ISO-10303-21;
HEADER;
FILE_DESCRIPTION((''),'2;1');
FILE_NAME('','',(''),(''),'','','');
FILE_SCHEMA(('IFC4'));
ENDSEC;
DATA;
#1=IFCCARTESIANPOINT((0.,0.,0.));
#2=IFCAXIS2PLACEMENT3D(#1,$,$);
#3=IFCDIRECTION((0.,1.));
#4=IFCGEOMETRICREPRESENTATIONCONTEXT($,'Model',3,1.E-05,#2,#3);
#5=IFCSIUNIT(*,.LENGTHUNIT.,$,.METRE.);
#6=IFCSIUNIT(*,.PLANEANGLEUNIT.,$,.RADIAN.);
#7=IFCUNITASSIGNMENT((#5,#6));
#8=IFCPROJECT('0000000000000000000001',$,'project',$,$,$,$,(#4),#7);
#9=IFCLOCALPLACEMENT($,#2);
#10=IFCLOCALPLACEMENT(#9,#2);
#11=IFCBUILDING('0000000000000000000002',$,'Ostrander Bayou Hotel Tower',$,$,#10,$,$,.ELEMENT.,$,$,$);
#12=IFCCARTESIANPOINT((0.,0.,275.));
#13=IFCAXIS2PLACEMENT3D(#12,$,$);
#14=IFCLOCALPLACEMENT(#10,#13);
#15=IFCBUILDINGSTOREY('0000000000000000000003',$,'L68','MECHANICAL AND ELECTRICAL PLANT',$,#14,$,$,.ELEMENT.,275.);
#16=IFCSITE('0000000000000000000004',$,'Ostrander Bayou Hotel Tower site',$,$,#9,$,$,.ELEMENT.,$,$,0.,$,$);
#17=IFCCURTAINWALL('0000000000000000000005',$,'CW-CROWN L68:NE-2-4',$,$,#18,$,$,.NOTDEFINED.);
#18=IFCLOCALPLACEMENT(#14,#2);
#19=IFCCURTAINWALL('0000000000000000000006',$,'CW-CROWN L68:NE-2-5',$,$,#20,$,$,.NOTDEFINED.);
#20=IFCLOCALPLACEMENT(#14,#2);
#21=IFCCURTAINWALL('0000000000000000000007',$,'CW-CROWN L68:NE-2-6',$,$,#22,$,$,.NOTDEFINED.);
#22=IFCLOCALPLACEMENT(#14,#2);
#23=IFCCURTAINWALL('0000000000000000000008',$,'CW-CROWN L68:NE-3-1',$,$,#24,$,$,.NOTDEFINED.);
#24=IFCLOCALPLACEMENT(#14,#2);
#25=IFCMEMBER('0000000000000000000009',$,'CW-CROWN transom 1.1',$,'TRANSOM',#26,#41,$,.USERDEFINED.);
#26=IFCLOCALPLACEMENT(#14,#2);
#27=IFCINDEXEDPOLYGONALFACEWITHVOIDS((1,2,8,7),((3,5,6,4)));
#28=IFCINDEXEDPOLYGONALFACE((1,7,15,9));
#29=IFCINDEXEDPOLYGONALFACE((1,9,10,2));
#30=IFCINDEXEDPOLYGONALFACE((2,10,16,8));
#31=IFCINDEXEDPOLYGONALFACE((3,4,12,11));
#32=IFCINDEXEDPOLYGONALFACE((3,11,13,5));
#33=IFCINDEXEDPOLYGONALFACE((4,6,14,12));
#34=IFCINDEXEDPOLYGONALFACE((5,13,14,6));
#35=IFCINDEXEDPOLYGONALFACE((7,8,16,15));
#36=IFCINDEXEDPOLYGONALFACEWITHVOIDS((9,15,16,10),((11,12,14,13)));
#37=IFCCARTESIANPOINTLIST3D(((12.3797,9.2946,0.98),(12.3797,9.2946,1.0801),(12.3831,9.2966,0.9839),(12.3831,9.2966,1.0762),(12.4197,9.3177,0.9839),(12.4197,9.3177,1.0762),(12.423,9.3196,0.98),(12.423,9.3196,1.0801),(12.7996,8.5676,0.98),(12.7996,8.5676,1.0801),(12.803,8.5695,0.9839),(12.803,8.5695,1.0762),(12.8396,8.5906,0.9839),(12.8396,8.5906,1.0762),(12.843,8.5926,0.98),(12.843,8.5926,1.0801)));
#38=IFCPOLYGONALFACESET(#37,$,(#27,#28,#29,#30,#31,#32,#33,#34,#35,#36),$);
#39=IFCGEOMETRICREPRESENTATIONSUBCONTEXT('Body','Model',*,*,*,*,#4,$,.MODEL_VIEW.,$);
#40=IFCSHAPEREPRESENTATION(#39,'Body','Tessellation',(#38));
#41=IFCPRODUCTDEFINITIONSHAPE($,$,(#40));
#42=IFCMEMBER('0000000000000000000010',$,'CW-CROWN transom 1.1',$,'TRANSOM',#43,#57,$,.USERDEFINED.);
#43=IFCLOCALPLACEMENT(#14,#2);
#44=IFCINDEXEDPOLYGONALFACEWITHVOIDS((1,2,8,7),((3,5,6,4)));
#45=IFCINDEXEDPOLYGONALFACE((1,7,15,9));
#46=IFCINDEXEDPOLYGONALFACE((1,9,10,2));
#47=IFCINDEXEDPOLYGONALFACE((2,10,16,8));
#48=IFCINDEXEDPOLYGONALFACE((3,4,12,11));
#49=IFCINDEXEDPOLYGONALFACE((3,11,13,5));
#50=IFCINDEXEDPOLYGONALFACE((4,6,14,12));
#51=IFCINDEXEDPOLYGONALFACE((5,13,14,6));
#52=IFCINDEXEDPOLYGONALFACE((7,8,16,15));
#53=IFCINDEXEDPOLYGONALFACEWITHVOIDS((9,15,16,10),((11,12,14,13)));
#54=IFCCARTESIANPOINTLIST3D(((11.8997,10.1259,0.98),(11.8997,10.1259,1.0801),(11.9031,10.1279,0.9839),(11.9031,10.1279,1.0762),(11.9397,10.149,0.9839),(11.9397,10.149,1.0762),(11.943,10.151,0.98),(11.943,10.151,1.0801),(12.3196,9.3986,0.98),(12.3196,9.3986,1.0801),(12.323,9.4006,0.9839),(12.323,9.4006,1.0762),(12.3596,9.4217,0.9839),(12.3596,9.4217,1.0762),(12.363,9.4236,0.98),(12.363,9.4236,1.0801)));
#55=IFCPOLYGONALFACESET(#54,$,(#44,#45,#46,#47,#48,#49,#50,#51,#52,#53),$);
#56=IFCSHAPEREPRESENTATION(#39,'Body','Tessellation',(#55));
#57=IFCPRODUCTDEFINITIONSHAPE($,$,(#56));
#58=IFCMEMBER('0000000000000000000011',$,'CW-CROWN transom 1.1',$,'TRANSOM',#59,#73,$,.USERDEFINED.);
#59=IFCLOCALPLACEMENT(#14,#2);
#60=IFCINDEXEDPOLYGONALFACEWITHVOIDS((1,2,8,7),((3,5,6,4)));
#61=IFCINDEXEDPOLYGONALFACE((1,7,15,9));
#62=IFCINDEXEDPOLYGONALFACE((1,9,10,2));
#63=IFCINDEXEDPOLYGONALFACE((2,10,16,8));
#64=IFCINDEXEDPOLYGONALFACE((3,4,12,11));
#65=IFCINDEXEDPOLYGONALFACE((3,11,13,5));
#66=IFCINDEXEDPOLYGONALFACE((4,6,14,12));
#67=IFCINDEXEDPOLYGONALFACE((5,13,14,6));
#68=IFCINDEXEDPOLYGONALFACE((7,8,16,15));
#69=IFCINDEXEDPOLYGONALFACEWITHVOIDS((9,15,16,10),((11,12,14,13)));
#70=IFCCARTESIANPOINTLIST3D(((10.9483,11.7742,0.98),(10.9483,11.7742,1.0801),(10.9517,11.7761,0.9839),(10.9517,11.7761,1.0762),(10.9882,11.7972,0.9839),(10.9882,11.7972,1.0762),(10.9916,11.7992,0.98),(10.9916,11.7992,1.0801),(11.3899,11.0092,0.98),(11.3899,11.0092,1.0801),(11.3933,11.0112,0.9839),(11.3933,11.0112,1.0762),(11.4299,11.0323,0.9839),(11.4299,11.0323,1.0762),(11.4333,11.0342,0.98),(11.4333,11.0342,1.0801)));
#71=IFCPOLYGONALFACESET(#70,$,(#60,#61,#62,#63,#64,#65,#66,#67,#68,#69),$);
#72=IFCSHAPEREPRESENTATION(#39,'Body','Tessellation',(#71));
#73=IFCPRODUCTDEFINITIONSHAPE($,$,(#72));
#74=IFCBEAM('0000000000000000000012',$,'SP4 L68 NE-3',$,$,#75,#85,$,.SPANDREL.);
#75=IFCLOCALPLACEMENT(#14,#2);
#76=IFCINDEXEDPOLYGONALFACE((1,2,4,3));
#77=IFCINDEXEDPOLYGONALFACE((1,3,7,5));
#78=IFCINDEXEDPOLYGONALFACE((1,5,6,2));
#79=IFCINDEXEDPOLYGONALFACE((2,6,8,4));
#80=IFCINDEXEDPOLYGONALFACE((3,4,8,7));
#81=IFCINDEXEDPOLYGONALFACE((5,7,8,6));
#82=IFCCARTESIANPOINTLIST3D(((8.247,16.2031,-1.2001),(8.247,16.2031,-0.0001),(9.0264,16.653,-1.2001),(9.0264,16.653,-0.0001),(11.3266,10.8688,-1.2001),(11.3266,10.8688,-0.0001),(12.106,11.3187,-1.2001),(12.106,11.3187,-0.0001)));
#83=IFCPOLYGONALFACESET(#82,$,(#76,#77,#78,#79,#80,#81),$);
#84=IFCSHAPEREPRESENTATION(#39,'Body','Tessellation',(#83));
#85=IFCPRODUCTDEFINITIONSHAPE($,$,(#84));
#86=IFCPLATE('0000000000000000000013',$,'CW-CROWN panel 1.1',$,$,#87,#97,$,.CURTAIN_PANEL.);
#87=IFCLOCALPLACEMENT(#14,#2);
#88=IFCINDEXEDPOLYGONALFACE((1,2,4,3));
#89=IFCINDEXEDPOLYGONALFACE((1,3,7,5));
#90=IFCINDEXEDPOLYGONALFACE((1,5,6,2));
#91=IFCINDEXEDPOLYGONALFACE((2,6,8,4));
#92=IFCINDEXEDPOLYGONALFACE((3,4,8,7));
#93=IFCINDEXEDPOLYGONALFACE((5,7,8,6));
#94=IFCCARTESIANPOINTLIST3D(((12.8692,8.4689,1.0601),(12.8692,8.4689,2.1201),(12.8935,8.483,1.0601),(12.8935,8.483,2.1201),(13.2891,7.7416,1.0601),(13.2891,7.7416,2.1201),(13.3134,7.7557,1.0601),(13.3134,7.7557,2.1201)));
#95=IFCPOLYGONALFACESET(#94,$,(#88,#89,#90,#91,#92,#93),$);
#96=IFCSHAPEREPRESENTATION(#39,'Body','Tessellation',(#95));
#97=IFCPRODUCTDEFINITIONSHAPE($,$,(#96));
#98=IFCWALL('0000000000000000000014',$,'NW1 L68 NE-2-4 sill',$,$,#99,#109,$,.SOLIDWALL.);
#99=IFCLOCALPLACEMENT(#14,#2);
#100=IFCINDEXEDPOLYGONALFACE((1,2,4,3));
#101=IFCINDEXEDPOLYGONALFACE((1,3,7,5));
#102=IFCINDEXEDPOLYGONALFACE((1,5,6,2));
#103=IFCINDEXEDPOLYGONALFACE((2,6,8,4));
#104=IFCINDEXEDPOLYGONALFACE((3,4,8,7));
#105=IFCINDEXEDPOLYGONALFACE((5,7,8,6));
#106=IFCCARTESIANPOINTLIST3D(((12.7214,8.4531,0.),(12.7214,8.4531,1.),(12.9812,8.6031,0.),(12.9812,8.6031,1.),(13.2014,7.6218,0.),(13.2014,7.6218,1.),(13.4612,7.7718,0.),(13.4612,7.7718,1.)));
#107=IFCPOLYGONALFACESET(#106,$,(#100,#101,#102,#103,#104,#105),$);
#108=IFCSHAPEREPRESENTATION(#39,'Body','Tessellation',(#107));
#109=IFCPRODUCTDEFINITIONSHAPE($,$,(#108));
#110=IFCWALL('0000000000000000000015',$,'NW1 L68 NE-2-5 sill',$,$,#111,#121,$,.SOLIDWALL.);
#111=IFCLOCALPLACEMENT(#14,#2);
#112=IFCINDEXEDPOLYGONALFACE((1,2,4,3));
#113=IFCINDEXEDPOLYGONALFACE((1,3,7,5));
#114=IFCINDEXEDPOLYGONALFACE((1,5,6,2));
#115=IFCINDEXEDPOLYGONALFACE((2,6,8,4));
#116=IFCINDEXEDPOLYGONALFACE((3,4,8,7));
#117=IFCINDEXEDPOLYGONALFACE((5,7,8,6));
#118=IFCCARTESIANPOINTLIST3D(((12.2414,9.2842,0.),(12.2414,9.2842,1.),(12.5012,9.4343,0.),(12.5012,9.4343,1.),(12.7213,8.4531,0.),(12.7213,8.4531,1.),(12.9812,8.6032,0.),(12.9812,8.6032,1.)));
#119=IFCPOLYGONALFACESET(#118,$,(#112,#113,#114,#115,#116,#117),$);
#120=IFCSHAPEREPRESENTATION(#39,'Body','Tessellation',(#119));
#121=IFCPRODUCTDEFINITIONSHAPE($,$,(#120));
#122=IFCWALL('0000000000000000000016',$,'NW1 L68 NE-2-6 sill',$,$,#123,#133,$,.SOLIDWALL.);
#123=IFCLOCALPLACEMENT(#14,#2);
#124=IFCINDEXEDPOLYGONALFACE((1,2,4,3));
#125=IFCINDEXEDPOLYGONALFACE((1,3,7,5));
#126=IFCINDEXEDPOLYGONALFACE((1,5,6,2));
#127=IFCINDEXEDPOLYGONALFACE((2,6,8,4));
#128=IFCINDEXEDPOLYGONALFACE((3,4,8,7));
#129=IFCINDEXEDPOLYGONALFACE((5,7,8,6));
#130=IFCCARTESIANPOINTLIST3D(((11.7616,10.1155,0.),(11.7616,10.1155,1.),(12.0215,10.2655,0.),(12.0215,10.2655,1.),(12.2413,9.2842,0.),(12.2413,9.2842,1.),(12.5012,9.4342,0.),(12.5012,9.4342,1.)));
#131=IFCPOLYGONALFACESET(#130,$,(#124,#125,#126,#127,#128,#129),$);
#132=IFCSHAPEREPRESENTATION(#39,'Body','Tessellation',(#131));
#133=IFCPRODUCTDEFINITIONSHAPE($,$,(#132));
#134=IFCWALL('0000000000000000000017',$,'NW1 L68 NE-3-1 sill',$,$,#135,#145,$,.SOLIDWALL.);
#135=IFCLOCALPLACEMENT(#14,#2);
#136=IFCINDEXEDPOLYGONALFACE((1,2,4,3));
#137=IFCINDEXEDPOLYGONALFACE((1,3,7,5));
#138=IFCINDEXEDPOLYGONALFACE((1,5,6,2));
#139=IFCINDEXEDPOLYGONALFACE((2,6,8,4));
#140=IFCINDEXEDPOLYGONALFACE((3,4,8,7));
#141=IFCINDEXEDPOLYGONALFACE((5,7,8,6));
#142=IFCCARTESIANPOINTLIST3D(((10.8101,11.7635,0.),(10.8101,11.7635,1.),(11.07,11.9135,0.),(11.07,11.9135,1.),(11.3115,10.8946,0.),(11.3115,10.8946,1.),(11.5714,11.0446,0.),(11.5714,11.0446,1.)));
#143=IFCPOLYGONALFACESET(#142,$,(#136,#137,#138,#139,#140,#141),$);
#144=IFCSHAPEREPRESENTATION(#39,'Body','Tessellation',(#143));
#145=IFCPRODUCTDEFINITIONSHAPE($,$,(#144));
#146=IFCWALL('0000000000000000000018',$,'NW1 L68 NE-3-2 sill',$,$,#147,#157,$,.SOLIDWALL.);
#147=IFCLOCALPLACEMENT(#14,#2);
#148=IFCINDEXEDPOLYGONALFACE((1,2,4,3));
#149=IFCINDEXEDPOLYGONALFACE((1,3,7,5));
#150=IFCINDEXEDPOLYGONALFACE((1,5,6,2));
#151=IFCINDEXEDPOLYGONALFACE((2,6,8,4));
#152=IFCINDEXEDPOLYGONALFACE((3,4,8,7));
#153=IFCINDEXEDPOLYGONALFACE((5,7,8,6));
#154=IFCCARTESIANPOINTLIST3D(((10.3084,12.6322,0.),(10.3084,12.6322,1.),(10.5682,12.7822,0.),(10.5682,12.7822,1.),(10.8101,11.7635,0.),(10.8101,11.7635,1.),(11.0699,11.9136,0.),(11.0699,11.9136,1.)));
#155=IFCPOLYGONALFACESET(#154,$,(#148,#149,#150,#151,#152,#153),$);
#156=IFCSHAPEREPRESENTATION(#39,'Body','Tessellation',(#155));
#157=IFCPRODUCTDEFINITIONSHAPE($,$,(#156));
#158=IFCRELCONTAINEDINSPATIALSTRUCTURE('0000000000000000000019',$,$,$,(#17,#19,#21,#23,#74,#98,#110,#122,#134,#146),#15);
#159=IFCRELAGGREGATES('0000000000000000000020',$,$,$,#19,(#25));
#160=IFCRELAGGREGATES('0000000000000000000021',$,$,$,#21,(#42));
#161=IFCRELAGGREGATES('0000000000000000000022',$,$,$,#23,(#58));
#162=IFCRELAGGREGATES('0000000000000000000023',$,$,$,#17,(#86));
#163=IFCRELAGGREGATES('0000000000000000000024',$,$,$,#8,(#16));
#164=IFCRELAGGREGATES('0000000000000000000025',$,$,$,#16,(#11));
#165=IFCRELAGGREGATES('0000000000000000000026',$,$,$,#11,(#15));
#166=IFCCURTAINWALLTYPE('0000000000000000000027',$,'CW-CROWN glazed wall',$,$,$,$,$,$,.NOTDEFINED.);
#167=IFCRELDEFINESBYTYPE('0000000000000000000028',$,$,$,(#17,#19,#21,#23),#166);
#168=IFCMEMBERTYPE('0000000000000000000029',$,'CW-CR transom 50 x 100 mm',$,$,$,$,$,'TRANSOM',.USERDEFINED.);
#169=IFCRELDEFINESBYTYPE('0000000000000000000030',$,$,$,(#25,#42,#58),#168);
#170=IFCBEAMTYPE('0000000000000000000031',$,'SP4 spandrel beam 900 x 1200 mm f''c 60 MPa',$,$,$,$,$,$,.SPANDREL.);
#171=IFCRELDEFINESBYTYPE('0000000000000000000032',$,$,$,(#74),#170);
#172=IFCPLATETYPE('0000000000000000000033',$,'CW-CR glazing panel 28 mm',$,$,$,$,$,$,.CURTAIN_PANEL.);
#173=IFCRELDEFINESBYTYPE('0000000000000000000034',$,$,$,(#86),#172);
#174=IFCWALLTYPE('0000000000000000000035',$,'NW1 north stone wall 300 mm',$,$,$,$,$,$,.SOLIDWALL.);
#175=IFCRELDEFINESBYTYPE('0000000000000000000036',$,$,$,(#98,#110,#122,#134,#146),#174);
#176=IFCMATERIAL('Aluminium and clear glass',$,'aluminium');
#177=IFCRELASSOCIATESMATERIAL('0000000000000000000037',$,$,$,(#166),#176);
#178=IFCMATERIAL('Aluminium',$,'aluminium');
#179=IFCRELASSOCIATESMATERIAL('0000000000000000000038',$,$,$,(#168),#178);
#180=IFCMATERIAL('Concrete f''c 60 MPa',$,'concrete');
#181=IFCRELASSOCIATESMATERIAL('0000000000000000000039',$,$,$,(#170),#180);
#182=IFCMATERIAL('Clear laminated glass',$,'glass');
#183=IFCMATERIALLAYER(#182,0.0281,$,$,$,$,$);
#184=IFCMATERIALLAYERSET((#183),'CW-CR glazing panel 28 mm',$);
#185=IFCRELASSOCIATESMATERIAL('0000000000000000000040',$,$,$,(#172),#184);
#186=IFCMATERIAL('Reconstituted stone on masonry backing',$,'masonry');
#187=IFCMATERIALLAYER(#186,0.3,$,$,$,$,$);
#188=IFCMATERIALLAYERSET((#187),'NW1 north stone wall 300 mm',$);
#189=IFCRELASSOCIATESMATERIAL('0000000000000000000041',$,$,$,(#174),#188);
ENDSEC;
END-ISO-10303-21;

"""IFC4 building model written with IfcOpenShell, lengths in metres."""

from ifc_helpers import new_model, si_unit, direction, frame, frame_2d, origin, origin_2d, place, context, subcontext, project, spatial, rectangle, hollow_rectangle, extrude, material, layer, layer_set, material_profile, profile_set, type_object, element, aggregate, save


model = new_model("IFC4")

# Units and contexts
model_context = context("Model", 3, precision=1e-05, world=origin(), true_north=direction((0.0, 1.0)))
body_context = subcontext(model_context, "Body", "Model", "MODEL_VIEW")
ifc_project = project(units=[si_unit("LENGTHUNIT", "METRE"), si_unit("PLANEANGLEUNIT", "RADIAN")], contexts=[model_context])

# Site, building, storey
site_placement = place(None, origin())
site = spatial("IfcSite", under=ifc_project, at=site_placement, Name="Ostrander Bayou Hotel Tower site", CompositionType="ELEMENT", RefElevation=0.0)
building_placement = place(site_placement, origin())
building = spatial("IfcBuilding", under=site, at=building_placement, Name="Ostrander Bayou Hotel Tower", CompositionType="ELEMENT")
storey_placement = place(building_placement, frame((0.0, 0.0, 275.0)))
storey = spatial("IfcBuildingStorey", under=building, at=storey_placement, Name="L68", Description="MECHANICAL AND ELECTRICAL PLANT", CompositionType="ELEMENT", Elevation=275.0)

# Curtain walls
ifc_material_1 = material(Name="Aluminium and clear glass", Category="aluminium")
curtain_wall_type = type_object("IfcCurtainWallType", Name="CW-CROWN glazed wall", PredefinedType="NOTDEFINED", material=ifc_material_1)
curtain_wall_1_placement = place(storey_placement, origin())
curtain_wall_1 = element("IfcCurtainWall", 1, at=curtain_wall_1_placement, inside=storey, type_object=curtain_wall_type, Name="CW-CROWN L68:NE-2-4", PredefinedType="NOTDEFINED")
curtain_wall_2_placement = place(storey_placement, origin())
curtain_wall_2 = element("IfcCurtainWall", 2, at=curtain_wall_2_placement, inside=storey, type_object=curtain_wall_type, Name="CW-CROWN L68:NE-2-5", PredefinedType="NOTDEFINED")
curtain_wall_3_placement = place(storey_placement, origin())
curtain_wall_3 = element("IfcCurtainWall", 3, at=curtain_wall_3_placement, inside=storey, type_object=curtain_wall_type, Name="CW-CROWN L68:NE-2-6", PredefinedType="NOTDEFINED")
curtain_wall_4_placement = place(storey_placement, origin())
curtain_wall_4 = element("IfcCurtainWall", 4, at=curtain_wall_4_placement, inside=storey, type_object=curtain_wall_type, Name="CW-CROWN L68:NE-3-1", PredefinedType="NOTDEFINED")

# Members
ifc_material_2 = material(Name="Aluminium", Category="aluminium")
ifc_material_profile_1 = material_profile(ifc_material_2, hollow_rectangle(XDim=0.05, YDim=0.1001, WallThickness=0.0039, at=origin_2d()))
ifc_profile_set_1 = profile_set([ifc_material_profile_1], Name="Aluminium")
member_type_1 = type_object("IfcMemberType", Name="CW-CR transom 50 x 100 mm", ElementType="TRANSOM", PredefinedType="USERDEFINED", material=ifc_profile_set_1)
member_1_placement = place(storey_placement, frame((12.8213, 8.5801, 1.03), z_axis=(-0.500142, 0.865943, 0.0), x_axis=(-0.865943, -0.500142, 0.0)))
member_1 = element("IfcMember", 5, at=member_1_placement, type_object=member_type_1, Name="CW-CROWN transom 1.1", ObjectType="TRANSOM", PredefinedType="USERDEFINED", context=body_context, shape_type="SweptSolid", body=[
    extrude(hollow_rectangle(XDim=0.05, YDim=0.1001, WallThickness=0.0039, at=origin_2d()), origin(), (0.0, 0.0, 1.0), 0.8396),
])
aggregate(curtain_wall_2, [member_1])
member_2_placement = place(storey_placement, frame((12.3413, 9.4111, 1.03), z_axis=(-0.500016, 0.866016, 0.0), x_axis=(-0.866016, -0.500016, 0.0)))
member_2 = element("IfcMember", 6, at=member_2_placement, type_object=member_type_1, Name="CW-CROWN transom 1.1", ObjectType="TRANSOM", PredefinedType="USERDEFINED", context=body_context, shape_type="SweptSolid", body=[
    extrude(hollow_rectangle(XDim=0.05, YDim=0.1001, WallThickness=0.0039, at=origin_2d()), origin(), (0.0, 0.0, 1.0), 0.8398),
])
aggregate(curtain_wall_3, [member_2])
member_3_placement = place(storey_placement, frame((11.4116, 11.0217, 1.03), z_axis=(-0.500034, 0.866006, 0.0), x_axis=(-0.866006, -0.500034, 0.0)))
member_3 = element("IfcMember", 7, at=member_3_placement, type_object=member_type_1, Name="CW-CROWN transom 1.1", ObjectType="TRANSOM", PredefinedType="USERDEFINED", context=body_context, shape_type="SweptSolid", body=[
    extrude(hollow_rectangle(XDim=0.05, YDim=0.1001, WallThickness=0.0039, at=origin_2d()), origin(), (0.0, 0.0, 1.0), 0.8833),
])
aggregate(curtain_wall_4, [member_3])

# Beam
ifc_material_3 = material(Name="Concrete f'c 60 MPa", Category="concrete")
ifc_material_profile_2 = material_profile(ifc_material_3, rectangle(XDim=0.8999, YDim=1.2, at=origin_2d()))
ifc_profile_set_2 = profile_set([ifc_material_profile_2], Name="Concrete f'c 60 MPa")
beam_type = type_object("IfcBeamType", Name="SP4 spandrel beam 900 x 1200 mm f'c 60 MPa", PredefinedType="SPANDREL", material=ifc_profile_set_2)
beam_placement = place(storey_placement, frame((11.7163, 11.0938, -0.6001), z_axis=(-0.499984, 0.866034, 0.0), x_axis=(-0.866034, -0.499984, 0.0)))
element("IfcBeam", 8, at=beam_placement, inside=storey, type_object=beam_type, Name="SP4 L68 NE-3", PredefinedType="SPANDREL", context=body_context, shape_type="SweptSolid", body=[
    extrude(rectangle(XDim=0.8999, YDim=1.2, at=origin_2d()), origin(), (0.0, 0.0, 1.0), 6.1594),
])

# Plate
ifc_material_4 = material(Name="Clear laminated glass", Category="glass")
ifc_layer_1 = layer(ifc_material_4, 0.0281)
ifc_layer_set_1 = layer_set([ifc_layer_1], Name="CW-CR glazing panel 28 mm")
plate_type = type_object("IfcPlateType", Name="CW-CR glazing panel 28 mm", PredefinedType="CURTAIN_PANEL", material=ifc_layer_set_1)
plate_placement = place(storey_placement, frame((13.0913, 8.1123, 1.0601), z_axis=(0.0, 0.0, 1.0), x_axis=(-0.500005, 0.866022, 0.0)))
plate = element("IfcPlate", 9, at=plate_placement, type_object=plate_type, Name="CW-CROWN panel 1.1", PredefinedType="CURTAIN_PANEL", context=body_context, shape_type="SweptSolid", body=[
    extrude(rectangle(XDim=0.8398, YDim=0.0281, at=origin_2d()), origin(), (0.0, 0.0, 1.0), 1.0601),
])
aggregate(curtain_wall_1, [plate])

# Walls
ifc_material_5 = material(Name="Reconstituted stone on masonry backing", Category="masonry")
ifc_layer_2 = layer(ifc_material_5, 0.3)
ifc_layer_set_2 = layer_set([ifc_layer_2], Name="NW1 north stone wall 300 mm")
wall_type = type_object("IfcWallType", Name="NW1 north stone wall 300 mm", PredefinedType="SOLIDWALL", material=ifc_layer_set_2)
wall_placement = place(storey_placement, frame((13.3313, 7.6968, 0.0), z_axis=(0.0, 0.0, 1.0), x_axis=(-0.500023, 0.866012, 0.0)))
element("IfcWall", 10, at=wall_placement, inside=storey, type_object=wall_type, Name="NW1 L68 NE-2-4 sill", PredefinedType="SOLIDWALL", context=body_context, shape_type="SweptSolid", body=[
    extrude(rectangle(XDim=0.96, YDim=0.3, at=frame_2d((0.48, 0.0))), origin(), (0.0, 0.0, 1.0), 1.0),
])
for number, where, z_axis, x_axis, name in (
    (11, (12.8513, 8.5281, 0.0), (0.0, 0.0, 1.0), (-0.500133, 0.865948, 0.0), "NW1 L68 NE-2-5 sill"),
    (12, (12.3713, 9.3591, 0.0), (0.0, 0.0, 1.0), (-0.499833, 0.866122, 0.0), "NW1 L68 NE-2-6 sill"),
):
    element("IfcWall", number, at=place(storey_placement, frame(where, z_axis=z_axis, x_axis=x_axis)), inside=storey, type_object=wall_type, Name=name, PredefinedType="SOLIDWALL", context=body_context, shape_type="SweptSolid", body=[
        extrude(rectangle(XDim=0.9597, YDim=0.3, at=frame_2d((0.48, 0.0))), origin(), (0.0, 0.0, 1.0), 1.0),
    ])
for number, where, z_axis, x_axis, name in (
    (13, (11.4414, 10.9697, 0.0), (0.0, 0.0, 1.0), (-0.499856, 0.866109, 0.0), "NW1 L68 NE-3-1 sill"),
    (14, (10.9399, 11.8386, 0.0), (0.0, 0.0, 1.0), (-0.500144, 0.865942, 0.0), "NW1 L68 NE-3-2 sill"),
):
    element("IfcWall", number, at=place(storey_placement, frame(where, z_axis=z_axis, x_axis=x_axis)), inside=storey, type_object=wall_type, Name=name, PredefinedType="SOLIDWALL", context=body_context, shape_type="SweptSolid", body=[
        extrude(rectangle(XDim=1.0032, YDim=0.3, at=frame_2d((0.5015, 0.0))), origin(), (0.0, 0.0, 1.0), 1.0),
    ])

save(model, "model.ifc")
